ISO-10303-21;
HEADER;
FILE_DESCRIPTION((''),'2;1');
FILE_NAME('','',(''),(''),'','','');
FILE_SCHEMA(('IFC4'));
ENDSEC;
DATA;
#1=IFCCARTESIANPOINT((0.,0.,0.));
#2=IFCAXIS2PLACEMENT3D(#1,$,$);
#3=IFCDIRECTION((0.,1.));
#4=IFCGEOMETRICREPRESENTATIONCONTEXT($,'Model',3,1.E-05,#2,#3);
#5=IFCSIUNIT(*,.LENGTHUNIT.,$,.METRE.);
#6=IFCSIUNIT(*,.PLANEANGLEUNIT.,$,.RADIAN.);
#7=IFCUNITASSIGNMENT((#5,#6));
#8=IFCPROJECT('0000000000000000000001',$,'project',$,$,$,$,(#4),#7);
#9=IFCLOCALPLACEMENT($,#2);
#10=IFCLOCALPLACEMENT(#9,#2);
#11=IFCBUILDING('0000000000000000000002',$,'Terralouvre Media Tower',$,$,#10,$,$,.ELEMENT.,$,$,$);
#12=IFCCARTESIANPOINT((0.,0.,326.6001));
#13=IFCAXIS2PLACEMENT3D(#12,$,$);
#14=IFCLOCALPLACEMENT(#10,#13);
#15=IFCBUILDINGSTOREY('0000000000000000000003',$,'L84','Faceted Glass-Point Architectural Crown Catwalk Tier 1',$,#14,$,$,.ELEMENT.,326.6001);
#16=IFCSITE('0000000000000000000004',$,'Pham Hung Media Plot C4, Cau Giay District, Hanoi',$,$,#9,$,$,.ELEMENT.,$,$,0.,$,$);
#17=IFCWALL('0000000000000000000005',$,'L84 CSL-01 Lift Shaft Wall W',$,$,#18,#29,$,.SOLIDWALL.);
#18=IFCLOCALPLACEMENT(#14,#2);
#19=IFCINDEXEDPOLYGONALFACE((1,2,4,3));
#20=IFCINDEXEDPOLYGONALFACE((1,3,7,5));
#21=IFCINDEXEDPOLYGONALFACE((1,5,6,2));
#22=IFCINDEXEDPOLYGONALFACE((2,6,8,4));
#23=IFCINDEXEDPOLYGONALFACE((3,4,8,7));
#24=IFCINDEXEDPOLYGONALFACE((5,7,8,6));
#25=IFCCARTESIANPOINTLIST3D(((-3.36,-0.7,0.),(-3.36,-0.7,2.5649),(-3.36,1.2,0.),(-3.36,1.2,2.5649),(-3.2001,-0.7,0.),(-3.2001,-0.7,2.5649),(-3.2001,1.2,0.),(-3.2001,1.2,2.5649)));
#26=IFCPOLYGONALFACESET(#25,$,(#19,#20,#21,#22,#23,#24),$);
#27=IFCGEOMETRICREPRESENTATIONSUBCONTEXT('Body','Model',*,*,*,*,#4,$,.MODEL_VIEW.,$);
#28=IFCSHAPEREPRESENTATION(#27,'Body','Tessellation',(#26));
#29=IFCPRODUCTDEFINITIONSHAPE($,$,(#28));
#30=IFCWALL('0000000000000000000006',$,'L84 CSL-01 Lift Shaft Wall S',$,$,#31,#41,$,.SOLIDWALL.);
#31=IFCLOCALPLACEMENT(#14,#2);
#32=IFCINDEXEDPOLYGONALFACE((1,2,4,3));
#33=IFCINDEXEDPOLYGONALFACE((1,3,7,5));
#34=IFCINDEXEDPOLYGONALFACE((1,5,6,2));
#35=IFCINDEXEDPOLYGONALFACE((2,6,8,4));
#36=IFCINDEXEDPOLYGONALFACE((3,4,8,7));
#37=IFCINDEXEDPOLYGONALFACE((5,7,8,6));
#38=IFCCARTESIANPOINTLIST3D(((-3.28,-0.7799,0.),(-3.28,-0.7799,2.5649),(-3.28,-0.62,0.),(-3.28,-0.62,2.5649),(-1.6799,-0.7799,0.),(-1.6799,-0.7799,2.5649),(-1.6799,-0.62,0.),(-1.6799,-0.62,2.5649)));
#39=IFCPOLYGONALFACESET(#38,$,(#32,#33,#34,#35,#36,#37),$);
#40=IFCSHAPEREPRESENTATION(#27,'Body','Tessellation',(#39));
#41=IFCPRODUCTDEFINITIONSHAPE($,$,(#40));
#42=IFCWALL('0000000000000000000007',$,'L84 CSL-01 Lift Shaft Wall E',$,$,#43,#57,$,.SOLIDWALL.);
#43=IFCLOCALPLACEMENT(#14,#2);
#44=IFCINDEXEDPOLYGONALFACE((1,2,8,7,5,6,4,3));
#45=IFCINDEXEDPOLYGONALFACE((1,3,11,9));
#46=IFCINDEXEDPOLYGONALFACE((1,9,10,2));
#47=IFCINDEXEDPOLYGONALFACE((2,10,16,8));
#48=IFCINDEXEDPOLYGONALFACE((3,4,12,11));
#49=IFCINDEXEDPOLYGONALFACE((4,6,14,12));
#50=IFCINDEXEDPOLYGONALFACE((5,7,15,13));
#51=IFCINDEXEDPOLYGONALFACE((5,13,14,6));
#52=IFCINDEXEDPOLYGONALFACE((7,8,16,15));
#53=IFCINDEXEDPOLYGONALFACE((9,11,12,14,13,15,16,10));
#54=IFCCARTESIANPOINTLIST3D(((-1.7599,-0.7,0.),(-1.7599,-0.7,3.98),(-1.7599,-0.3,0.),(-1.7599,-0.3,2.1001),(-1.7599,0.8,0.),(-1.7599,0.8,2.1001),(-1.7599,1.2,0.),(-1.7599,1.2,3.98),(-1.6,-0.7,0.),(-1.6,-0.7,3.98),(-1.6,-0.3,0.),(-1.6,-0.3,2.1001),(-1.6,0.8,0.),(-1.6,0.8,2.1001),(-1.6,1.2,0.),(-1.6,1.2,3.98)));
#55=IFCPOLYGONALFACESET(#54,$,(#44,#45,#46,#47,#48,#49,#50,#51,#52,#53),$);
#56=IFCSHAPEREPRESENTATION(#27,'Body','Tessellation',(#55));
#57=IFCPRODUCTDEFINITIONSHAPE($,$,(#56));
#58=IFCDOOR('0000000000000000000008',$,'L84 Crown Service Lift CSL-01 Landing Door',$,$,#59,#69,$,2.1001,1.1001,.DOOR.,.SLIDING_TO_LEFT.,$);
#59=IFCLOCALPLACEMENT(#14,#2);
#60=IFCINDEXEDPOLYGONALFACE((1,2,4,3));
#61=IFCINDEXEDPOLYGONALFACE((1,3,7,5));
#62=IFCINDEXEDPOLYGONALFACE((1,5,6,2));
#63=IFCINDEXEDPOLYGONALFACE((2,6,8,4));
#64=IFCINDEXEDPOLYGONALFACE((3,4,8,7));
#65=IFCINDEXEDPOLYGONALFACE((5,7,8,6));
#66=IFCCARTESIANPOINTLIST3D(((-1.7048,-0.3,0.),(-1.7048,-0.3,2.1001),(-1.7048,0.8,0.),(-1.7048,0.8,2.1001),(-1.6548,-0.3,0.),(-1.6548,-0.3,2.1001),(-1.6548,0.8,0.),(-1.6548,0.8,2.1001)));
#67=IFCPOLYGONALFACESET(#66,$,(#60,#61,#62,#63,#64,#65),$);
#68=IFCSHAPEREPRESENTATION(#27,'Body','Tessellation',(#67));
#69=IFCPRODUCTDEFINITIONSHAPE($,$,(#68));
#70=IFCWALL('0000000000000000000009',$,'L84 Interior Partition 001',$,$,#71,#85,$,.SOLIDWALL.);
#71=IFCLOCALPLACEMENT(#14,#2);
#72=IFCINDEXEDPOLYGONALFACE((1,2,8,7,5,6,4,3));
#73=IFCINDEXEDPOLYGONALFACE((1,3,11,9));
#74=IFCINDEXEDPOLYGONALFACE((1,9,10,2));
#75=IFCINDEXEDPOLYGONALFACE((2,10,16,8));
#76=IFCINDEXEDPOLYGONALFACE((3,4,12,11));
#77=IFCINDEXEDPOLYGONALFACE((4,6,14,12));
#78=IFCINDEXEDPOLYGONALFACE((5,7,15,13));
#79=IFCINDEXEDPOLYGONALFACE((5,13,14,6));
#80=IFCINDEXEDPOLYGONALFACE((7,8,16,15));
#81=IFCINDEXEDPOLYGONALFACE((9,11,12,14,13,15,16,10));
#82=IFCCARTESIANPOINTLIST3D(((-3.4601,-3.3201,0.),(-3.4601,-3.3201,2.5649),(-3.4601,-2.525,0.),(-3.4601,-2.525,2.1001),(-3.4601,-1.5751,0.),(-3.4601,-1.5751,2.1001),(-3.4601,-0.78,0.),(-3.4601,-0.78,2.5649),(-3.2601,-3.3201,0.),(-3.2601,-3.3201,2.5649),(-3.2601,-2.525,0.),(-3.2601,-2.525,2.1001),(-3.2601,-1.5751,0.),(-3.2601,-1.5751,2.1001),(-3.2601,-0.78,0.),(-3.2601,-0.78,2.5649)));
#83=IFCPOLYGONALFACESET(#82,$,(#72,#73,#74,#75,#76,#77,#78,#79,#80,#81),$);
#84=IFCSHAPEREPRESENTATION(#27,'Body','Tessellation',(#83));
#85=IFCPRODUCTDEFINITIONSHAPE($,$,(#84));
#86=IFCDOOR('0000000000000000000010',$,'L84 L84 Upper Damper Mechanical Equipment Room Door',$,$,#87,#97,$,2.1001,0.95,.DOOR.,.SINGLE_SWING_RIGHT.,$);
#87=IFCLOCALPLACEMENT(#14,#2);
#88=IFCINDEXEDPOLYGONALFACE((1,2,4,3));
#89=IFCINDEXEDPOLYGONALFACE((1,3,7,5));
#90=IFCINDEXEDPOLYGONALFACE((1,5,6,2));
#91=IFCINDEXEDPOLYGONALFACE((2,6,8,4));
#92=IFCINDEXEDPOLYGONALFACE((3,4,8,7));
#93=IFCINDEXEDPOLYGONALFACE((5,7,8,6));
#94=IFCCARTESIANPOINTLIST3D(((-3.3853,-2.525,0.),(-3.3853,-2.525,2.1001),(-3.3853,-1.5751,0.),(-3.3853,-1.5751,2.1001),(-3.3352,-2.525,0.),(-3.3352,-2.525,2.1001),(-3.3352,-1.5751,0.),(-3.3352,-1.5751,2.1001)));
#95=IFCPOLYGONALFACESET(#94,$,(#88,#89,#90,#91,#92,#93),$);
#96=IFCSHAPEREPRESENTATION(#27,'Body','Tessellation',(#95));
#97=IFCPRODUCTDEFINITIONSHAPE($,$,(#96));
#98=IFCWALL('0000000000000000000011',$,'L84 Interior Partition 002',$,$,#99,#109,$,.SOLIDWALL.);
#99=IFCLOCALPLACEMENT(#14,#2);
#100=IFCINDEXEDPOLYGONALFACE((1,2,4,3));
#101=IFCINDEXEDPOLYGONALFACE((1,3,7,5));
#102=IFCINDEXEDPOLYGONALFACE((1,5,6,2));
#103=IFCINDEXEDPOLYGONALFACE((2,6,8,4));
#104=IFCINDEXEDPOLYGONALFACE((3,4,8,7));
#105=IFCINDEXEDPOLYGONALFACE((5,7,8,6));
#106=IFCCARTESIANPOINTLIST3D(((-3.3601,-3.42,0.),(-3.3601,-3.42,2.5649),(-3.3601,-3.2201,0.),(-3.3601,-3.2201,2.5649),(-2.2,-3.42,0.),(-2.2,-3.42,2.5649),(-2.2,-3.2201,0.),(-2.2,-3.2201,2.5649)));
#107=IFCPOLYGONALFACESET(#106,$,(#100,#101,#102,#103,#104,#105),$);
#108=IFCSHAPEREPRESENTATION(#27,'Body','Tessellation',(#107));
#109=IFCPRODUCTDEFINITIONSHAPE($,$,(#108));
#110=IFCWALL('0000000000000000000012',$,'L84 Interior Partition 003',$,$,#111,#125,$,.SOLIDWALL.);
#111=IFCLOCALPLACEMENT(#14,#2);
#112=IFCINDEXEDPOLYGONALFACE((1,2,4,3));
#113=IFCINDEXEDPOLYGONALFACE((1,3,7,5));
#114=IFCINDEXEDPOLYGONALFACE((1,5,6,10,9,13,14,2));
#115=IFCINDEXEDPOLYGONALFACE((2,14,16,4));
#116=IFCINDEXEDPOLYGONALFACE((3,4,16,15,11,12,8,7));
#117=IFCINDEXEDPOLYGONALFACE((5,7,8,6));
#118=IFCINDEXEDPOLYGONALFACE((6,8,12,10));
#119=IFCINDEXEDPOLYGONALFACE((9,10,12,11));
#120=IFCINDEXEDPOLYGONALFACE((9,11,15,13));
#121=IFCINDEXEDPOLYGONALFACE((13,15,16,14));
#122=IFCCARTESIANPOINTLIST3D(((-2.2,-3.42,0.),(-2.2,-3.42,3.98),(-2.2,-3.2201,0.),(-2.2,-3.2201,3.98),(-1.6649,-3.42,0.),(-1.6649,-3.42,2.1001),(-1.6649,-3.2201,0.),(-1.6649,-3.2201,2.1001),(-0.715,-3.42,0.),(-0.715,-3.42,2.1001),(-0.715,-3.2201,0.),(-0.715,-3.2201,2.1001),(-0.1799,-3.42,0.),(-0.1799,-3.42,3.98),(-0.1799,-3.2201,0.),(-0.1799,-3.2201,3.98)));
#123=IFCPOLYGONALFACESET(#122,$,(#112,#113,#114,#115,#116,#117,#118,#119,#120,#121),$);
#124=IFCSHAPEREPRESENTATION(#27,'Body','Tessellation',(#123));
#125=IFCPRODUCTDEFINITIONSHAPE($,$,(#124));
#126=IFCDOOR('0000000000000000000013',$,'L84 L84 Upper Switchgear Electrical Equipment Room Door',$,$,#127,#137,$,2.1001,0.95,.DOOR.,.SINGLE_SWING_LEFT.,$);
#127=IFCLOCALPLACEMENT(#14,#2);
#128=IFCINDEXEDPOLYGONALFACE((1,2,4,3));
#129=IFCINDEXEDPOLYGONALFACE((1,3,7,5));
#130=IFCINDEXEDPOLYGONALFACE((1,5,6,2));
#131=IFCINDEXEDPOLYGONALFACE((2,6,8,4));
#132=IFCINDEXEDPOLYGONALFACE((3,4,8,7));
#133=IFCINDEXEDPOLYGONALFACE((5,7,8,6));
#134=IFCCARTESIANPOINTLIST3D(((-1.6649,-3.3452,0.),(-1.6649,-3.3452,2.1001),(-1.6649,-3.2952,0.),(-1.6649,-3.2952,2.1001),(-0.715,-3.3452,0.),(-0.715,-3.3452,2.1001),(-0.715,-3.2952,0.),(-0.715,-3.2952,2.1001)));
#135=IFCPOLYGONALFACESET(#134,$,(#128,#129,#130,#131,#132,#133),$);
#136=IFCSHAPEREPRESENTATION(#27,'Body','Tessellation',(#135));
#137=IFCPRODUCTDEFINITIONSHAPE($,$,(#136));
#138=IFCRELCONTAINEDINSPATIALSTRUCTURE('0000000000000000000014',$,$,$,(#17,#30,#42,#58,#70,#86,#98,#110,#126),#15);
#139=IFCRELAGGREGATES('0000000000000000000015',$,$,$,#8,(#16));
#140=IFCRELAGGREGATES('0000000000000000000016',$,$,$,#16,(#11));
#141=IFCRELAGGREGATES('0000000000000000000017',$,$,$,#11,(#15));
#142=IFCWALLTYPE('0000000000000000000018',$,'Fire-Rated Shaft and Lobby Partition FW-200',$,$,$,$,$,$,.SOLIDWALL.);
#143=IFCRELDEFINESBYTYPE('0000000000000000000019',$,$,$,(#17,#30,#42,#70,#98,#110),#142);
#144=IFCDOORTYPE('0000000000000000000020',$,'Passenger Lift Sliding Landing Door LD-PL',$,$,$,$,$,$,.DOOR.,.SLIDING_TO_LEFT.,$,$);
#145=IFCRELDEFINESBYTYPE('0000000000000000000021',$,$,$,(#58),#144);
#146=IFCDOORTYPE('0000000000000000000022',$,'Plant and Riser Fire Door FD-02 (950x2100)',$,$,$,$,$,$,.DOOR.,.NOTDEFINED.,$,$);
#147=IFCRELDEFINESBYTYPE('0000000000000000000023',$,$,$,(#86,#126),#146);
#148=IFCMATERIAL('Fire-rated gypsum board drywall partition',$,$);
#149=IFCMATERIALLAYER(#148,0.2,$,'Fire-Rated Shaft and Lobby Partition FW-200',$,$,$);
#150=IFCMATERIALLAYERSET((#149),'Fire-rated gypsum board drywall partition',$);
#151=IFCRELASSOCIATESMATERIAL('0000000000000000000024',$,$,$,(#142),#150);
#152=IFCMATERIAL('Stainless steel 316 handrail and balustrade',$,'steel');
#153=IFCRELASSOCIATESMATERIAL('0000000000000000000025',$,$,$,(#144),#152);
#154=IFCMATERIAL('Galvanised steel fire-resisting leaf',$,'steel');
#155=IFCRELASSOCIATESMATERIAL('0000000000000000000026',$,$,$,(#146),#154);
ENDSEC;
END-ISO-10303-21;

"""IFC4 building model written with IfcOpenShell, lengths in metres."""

from ifc_helpers import new_model, si_unit, direction, frame, frame_2d, origin, place, context, subcontext, project, spatial, rectangle, extrude, material, layer, layer_set, type_object, element, fill, save


model = new_model("IFC4")

# Units and contexts
model_context = context("Model", 3, precision=1e-05, world=origin(), true_north=direction((0.0, 1.0)))
body_context = subcontext(model_context, "Body", "Model", "MODEL_VIEW")
ifc_project = project(units=[si_unit("LENGTHUNIT", "METRE"), si_unit("PLANEANGLEUNIT", "RADIAN")], contexts=[model_context])

# Site, building, storey
site_placement = place(None, origin())
site = spatial("IfcSite", under=ifc_project, at=site_placement, Name="Pham Hung Media Plot C4, Cau Giay District, Hanoi", CompositionType="ELEMENT", RefElevation=0.0)
building_placement = place(site_placement, origin())
building = spatial("IfcBuilding", under=site, at=building_placement, Name="Terralouvre Media Tower", CompositionType="ELEMENT")
storey_placement = place(building_placement, frame((0.0, 0.0, 326.6001)))
storey = spatial("IfcBuildingStorey", under=building, at=storey_placement, Name="L84", Description="Faceted Glass-Point Architectural Crown Catwalk Tier 1", CompositionType="ELEMENT", Elevation=326.6001)

# Walls
ifc_material_1 = material(Name="Fire-rated gypsum board drywall partition")
ifc_layer_1 = layer(ifc_material_1, 0.2, Name="Fire-Rated Shaft and Lobby Partition FW-200")
ifc_layer_set_1 = layer_set([ifc_layer_1], Name="Fire-rated gypsum board drywall partition")
wall_type = type_object("IfcWallType", Name="Fire-Rated Shaft and Lobby Partition FW-200", PredefinedType="SOLIDWALL", material=ifc_layer_set_1)
wall_1_placement = place(storey_placement, frame((-3.28, -0.7, 0.0), z_axis=(0.0, 0.0, 1.0), x_axis=(0.0, 1.0, 0.0)))
element("IfcWall", 1, at=wall_1_placement, inside=storey, type_object=wall_type, Name="L84 CSL-01 Lift Shaft Wall W", PredefinedType="SOLIDWALL", context=body_context, shape_type="SweptSolid", body=[
    extrude(rectangle(XDim=1.8999, YDim=0.1599, at=frame_2d((0.95, 0.0))), origin(), (0.0, 0.0, 1.0), 2.5649),
])
wall_2_placement = place(storey_placement, frame((-1.6799, -0.7, 0.0), z_axis=(0.0, 0.0, 1.0), x_axis=(-1.0, 0.0, 0.0)))
element("IfcWall", 2, at=wall_2_placement, inside=storey, type_object=wall_type, Name="L84 CSL-01 Lift Shaft Wall S", PredefinedType="SOLIDWALL", context=body_context, shape_type="SweptSolid", body=[
    extrude(rectangle(XDim=1.6001, YDim=0.1599, at=frame_2d((0.8, 0.0))), origin(), (0.0, 0.0, 1.0), 2.5649),
])

# Walls, openings, doors
wall_3_placement = place(storey_placement, frame((-1.6799, -0.7, 0.0), z_axis=(0.0, 0.0, 1.0), x_axis=(0.0, 1.0, 0.0)))
wall_3 = element("IfcWall", 3, at=wall_3_placement, inside=storey, type_object=wall_type, Name="L84 CSL-01 Lift Shaft Wall E", PredefinedType="SOLIDWALL", context=body_context, shape_type="SweptSolid", body=[
    extrude(rectangle(XDim=1.8999, YDim=0.1599, at=frame_2d((0.95, 0.0))), origin(), (0.0, 0.0, 1.0), 3.98),
])
opening_1_placement = place(wall_3_placement, frame((0.3999, 0.0, 0.0)))
opening_1 = element("IfcOpeningElement", 4, at=opening_1_placement, cuts=wall_3, PredefinedType="OPENING", context=body_context, shape_type="SweptSolid", body=[
    extrude(rectangle(XDim=1.1001, YDim=2.1001, at=frame_2d((0.55, 1.05))), frame((0.0, 0.0898, 0.0), z_axis=(0.0, -1.0, 0.0), x_axis=(1.0, 0.0, 0.0)), (0.0, 0.0, 1.0), 0.1799),
])
ifc_material_2 = material(Name="Stainless steel 316 handrail and balustrade", Category="steel")
door_type_1 = type_object("IfcDoorType", Name="Passenger Lift Sliding Landing Door LD-PL", OperationType="SLIDING_TO_LEFT", PredefinedType="DOOR", material=ifc_material_2)
door_1_placement = place(opening_1_placement, origin())
door_1 = element("IfcDoor", 5, at=door_1_placement, inside=storey, type_object=door_type_1, Name="L84 Crown Service Lift CSL-01 Landing Door", OperationType="SLIDING_TO_LEFT", OverallHeight=2.1001, OverallWidth=1.1001, PredefinedType="DOOR", context=body_context, shape_type="SweptSolid", body=[
    extrude(rectangle(XDim=1.1001, YDim=2.1001, at=frame_2d((0.55, 1.05))), frame((0.0, 0.0249, 0.0), z_axis=(0.0, -1.0, 0.0), x_axis=(1.0, 0.0, 0.0)), (0.0, 0.0, 1.0), 0.05),
])
fill(opening_1, door_1)
wall_4_placement = place(storey_placement, frame((-3.3601, -0.78, 0.0), z_axis=(0.0, 0.0, 1.0), x_axis=(0.0, -1.0, 0.0)))
wall_4 = element("IfcWall", 6, at=wall_4_placement, inside=storey, type_object=wall_type, Name="L84 Interior Partition 001", PredefinedType="SOLIDWALL", context=body_context, shape_type="SweptSolid", body=[
    extrude(rectangle(XDim=2.54, YDim=0.2, at=frame_2d((1.27, 0.0))), origin(), (0.0, 0.0, 1.0), 2.5649),
])
opening_2_placement = place(wall_4_placement, frame((0.7949, 0.0, 0.0)))
opening_2 = element("IfcOpeningElement", 7, at=opening_2_placement, cuts=wall_4, PredefinedType="OPENING", context=body_context, shape_type="SweptSolid", body=[
    extrude(rectangle(XDim=0.95, YDim=2.1001, at=frame_2d((0.4751, 1.05))), frame((0.0, 0.1099, 0.0), z_axis=(0.0, -1.0, 0.0), x_axis=(1.0, 0.0, 0.0)), (0.0, 0.0, 1.0), 0.22),
])
ifc_material_3 = material(Name="Galvanised steel fire-resisting leaf", Category="steel")
door_type_2 = type_object("IfcDoorType", Name="Plant and Riser Fire Door FD-02 (950x2100)", OperationType="NOTDEFINED", PredefinedType="DOOR", material=ifc_material_3)
door_2_placement = place(opening_2_placement, origin())
door_2 = element("IfcDoor", 8, at=door_2_placement, inside=storey, type_object=door_type_2, Name="L84 L84 Upper Damper Mechanical Equipment Room Door", OperationType="SINGLE_SWING_RIGHT", OverallHeight=2.1001, OverallWidth=0.95, PredefinedType="DOOR", context=body_context, shape_type="SweptSolid", body=[
    extrude(rectangle(XDim=0.95, YDim=2.1001, at=frame_2d((0.4751, 1.05))), frame((0.0, 0.0249, 0.0), z_axis=(0.0, -1.0, 0.0), x_axis=(1.0, 0.0, 0.0)), (0.0, 0.0, 1.0), 0.05),
])
fill(opening_2, door_2)

# Wall
wall_5_placement = place(storey_placement, frame((-3.3601, -3.3201, 0.0), z_axis=(0.0, 0.0, 1.0), x_axis=(1.0, 0.0, 0.0)))
element("IfcWall", 9, at=wall_5_placement, inside=storey, type_object=wall_type, Name="L84 Interior Partition 002", PredefinedType="SOLIDWALL", context=body_context, shape_type="SweptSolid", body=[
    extrude(rectangle(XDim=1.1602, YDim=0.2, at=frame_2d((0.5801, 0.0))), origin(), (0.0, 0.0, 1.0), 2.5649),
])

# Wall, opening, door
wall_6_placement = place(storey_placement, frame((-2.2, -3.3201, 0.0), z_axis=(0.0, 0.0, 1.0), x_axis=(1.0, 0.0, 0.0)))
wall_6 = element("IfcWall", 10, at=wall_6_placement, inside=storey, type_object=wall_type, Name="L84 Interior Partition 003", PredefinedType="SOLIDWALL", context=body_context, shape_type="SweptSolid", body=[
    extrude(rectangle(XDim=2.02, YDim=0.2, at=frame_2d((1.01, 0.0))), origin(), (0.0, 0.0, 1.0), 3.98),
])
opening_3_placement = place(wall_6_placement, frame((0.5349, 0.0, 0.0)))
opening_3 = element("IfcOpeningElement", 11, at=opening_3_placement, cuts=wall_6, PredefinedType="OPENING", context=body_context, shape_type="SweptSolid", body=[
    extrude(rectangle(XDim=0.95, YDim=2.1001, at=frame_2d((0.4751, 1.05))), frame((0.0, 0.1099, 0.0), z_axis=(0.0, -1.0, 0.0), x_axis=(1.0, 0.0, 0.0)), (0.0, 0.0, 1.0), 0.22),
])
door_3_placement = place(opening_3_placement, origin())
door_3 = element("IfcDoor", 12, at=door_3_placement, inside=storey, type_object=door_type_2, Name="L84 L84 Upper Switchgear Electrical Equipment Room Door", OperationType="SINGLE_SWING_LEFT", OverallHeight=2.1001, OverallWidth=0.95, PredefinedType="DOOR", context=body_context, shape_type="SweptSolid", body=[
    extrude(rectangle(XDim=0.95, YDim=2.1001, at=frame_2d((0.4751, 1.05))), frame((0.0, 0.0249, 0.0), z_axis=(0.0, -1.0, 0.0), x_axis=(1.0, 0.0, 0.0)), (0.0, 0.0, 1.0), 0.05),
])
fill(opening_3, door_3)

save(model, "model.ifc")
